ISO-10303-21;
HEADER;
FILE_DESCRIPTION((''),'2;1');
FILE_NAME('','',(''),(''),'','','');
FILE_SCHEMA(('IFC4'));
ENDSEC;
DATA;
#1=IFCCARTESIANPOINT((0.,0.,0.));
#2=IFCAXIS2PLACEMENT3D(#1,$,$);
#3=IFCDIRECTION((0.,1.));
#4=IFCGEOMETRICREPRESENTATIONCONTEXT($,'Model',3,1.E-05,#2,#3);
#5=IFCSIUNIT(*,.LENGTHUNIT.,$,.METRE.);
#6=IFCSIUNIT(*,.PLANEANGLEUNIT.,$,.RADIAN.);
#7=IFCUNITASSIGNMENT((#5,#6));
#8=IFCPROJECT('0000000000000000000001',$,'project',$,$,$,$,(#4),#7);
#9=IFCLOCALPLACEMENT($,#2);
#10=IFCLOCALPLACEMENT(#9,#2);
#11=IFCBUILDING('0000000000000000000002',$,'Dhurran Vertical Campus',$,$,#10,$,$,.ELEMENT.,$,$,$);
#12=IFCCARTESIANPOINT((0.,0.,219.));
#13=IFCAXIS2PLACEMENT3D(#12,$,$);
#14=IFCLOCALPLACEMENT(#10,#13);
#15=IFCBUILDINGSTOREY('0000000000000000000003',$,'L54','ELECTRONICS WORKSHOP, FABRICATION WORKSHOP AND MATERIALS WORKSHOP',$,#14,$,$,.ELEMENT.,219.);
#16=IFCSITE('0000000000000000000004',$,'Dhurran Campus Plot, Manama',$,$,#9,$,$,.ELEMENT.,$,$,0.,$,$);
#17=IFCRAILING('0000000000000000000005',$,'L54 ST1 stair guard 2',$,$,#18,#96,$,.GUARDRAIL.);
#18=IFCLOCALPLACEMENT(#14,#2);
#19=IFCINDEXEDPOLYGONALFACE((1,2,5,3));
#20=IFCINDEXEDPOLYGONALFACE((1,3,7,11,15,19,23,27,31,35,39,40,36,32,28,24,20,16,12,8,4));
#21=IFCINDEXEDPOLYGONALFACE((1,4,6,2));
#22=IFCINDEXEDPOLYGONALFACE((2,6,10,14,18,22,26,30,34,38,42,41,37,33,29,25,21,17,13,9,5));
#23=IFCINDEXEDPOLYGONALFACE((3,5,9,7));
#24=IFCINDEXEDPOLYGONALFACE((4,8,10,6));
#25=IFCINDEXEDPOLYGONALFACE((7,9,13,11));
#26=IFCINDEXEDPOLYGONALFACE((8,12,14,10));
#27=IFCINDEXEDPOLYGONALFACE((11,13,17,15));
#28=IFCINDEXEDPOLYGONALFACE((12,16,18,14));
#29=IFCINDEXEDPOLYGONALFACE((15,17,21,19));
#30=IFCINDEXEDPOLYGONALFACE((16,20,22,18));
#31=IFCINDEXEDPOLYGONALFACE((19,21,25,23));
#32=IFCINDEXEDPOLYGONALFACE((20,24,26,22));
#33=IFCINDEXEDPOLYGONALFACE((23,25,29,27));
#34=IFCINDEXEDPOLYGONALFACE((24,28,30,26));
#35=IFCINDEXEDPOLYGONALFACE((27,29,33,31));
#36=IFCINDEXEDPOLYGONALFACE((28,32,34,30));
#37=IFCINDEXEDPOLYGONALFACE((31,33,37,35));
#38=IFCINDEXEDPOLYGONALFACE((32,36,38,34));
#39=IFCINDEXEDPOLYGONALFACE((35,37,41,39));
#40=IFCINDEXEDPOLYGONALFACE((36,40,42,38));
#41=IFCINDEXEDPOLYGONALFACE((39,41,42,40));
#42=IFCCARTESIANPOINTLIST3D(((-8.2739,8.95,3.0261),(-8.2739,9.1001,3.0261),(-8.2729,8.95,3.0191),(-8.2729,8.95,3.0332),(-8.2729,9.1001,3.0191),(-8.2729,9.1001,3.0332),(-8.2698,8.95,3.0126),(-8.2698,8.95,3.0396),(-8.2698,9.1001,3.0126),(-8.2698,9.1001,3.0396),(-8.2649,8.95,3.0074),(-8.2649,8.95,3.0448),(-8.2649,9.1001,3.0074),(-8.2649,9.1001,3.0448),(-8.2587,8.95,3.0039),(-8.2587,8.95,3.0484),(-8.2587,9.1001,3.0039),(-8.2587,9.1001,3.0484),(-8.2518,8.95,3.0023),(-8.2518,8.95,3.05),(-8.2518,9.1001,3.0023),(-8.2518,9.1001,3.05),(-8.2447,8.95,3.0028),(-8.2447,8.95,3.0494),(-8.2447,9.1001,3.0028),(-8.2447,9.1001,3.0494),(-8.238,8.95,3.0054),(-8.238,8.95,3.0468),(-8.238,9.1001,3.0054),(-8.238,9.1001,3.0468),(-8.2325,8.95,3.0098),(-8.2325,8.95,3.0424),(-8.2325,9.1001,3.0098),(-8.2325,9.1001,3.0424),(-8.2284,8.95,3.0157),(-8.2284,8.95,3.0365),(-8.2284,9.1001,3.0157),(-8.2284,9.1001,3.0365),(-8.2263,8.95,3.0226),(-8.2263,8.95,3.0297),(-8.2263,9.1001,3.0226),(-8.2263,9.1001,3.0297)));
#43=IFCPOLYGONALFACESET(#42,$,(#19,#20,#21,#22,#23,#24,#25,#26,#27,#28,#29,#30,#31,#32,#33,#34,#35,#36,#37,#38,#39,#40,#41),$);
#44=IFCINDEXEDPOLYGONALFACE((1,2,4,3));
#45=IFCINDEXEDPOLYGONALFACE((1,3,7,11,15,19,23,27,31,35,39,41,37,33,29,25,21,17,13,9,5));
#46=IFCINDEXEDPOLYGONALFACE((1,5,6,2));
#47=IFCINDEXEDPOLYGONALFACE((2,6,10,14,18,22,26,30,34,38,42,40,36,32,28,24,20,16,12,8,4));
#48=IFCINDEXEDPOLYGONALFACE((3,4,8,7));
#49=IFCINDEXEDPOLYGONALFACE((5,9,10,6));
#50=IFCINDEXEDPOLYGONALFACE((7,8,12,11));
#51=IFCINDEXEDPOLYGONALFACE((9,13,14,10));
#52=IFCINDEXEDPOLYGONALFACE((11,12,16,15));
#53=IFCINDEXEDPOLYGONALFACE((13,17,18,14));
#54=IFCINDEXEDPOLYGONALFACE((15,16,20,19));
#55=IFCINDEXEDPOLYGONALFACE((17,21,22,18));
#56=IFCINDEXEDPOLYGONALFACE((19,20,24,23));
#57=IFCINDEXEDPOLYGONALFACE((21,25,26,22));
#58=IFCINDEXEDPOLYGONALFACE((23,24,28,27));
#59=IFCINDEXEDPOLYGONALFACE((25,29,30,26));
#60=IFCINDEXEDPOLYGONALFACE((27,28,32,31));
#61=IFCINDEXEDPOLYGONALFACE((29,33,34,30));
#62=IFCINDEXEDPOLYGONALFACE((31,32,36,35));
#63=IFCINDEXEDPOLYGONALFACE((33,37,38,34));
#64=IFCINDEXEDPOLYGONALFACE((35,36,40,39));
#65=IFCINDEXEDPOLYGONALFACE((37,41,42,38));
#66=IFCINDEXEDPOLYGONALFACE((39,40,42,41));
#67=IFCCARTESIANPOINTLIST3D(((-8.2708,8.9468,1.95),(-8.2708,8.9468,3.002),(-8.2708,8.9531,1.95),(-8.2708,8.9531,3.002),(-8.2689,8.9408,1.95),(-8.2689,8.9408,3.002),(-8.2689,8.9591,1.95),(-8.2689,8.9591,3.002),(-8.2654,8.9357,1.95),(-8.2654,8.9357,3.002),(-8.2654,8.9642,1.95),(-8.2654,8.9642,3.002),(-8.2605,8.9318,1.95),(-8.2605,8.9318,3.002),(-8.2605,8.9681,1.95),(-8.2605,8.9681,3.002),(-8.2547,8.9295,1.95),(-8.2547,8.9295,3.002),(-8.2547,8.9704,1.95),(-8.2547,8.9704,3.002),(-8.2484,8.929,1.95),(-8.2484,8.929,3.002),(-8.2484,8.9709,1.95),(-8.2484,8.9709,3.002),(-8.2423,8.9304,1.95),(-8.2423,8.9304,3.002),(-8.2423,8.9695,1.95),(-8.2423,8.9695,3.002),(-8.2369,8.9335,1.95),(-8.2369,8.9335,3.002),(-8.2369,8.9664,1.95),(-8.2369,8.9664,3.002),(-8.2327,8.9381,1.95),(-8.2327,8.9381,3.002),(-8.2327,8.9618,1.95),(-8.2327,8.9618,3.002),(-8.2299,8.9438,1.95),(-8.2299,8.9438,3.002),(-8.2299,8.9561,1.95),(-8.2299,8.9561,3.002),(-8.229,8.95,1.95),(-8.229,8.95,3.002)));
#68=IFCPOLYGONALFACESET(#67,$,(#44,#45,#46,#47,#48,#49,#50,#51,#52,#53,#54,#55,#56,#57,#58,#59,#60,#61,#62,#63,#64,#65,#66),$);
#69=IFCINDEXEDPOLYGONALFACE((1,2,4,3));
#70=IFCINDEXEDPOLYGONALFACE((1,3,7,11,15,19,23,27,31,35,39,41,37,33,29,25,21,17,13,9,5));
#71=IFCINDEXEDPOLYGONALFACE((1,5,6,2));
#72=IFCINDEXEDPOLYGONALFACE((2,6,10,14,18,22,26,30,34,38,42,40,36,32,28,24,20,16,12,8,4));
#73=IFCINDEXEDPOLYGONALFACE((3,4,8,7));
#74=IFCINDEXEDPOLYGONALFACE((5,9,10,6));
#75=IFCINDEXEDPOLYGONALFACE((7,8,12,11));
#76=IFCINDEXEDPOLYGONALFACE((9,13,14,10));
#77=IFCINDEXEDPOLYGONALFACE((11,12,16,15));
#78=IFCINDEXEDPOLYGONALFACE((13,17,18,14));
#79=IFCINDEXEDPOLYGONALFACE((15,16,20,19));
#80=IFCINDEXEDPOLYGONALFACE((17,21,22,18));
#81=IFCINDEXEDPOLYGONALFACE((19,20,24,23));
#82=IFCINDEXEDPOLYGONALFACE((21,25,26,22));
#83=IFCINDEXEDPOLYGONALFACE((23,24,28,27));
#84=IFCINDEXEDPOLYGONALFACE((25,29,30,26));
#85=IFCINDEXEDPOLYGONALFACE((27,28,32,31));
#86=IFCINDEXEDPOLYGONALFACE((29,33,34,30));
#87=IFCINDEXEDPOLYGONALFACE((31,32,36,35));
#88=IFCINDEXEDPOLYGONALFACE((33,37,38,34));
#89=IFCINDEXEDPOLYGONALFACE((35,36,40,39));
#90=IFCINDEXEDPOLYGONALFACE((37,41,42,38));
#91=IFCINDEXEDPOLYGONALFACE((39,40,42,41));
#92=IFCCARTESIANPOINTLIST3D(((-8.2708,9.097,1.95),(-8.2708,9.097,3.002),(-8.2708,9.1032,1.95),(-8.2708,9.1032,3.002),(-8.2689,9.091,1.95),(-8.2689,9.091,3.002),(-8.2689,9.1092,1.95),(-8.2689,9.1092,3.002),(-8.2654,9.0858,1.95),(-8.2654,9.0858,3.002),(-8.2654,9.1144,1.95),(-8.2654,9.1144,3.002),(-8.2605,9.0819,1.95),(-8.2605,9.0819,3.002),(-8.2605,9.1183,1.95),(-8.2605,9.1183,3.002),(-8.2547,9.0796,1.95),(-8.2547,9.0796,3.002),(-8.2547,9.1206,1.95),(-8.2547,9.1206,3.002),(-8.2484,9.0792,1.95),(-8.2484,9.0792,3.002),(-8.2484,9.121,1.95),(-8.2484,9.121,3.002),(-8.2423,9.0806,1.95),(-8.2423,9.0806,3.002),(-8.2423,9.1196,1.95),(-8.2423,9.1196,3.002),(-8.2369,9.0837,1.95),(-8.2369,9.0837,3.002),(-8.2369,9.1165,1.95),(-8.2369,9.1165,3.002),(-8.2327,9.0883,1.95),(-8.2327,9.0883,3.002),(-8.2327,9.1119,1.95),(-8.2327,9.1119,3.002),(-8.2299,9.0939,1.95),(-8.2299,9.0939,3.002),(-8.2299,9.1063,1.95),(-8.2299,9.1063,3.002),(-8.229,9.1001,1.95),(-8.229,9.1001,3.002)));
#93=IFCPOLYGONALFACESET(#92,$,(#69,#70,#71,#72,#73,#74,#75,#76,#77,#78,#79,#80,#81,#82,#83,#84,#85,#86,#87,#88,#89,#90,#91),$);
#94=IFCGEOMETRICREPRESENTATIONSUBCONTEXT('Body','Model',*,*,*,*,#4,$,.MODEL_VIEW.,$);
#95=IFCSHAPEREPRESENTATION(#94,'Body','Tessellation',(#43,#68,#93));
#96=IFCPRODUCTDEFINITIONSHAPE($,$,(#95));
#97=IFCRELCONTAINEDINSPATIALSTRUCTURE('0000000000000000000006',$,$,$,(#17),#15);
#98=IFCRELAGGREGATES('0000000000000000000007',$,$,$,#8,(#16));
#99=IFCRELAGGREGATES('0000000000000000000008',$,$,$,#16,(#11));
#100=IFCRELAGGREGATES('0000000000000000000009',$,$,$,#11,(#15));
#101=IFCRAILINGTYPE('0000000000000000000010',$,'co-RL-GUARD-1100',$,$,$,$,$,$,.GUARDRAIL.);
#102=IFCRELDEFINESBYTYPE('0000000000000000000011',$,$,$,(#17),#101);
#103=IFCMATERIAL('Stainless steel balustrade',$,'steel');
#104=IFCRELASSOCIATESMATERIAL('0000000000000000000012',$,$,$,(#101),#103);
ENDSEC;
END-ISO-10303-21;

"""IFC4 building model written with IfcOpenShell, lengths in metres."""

from ifc_helpers import new_model, si_unit, direction, frame, origin, origin_2d, place, context, subcontext, project, spatial, circle, extrude, material, type_object, element, save


model = new_model("IFC4")

# Units and contexts
model_context = context("Model", 3, precision=1e-05, world=origin(), true_north=direction((0.0, 1.0)))
body_context = subcontext(model_context, "Body", "Model", "MODEL_VIEW")
ifc_project = project(units=[si_unit("LENGTHUNIT", "METRE"), si_unit("PLANEANGLEUNIT", "RADIAN")], contexts=[model_context])

# Site, building, storey
site_placement = place(None, origin())
site = spatial("IfcSite", under=ifc_project, at=site_placement, Name="Dhurran Campus Plot, Manama", CompositionType="ELEMENT", RefElevation=0.0)
building_placement = place(site_placement, origin())
building = spatial("IfcBuilding", under=site, at=building_placement, Name="Dhurran Vertical Campus", CompositionType="ELEMENT")
storey_placement = place(building_placement, frame((0.0, 0.0, 219.0)))
storey = spatial("IfcBuildingStorey", under=building, at=storey_placement, Name="L54", Description="ELECTRONICS WORKSHOP, FABRICATION WORKSHOP AND MATERIALS WORKSHOP", CompositionType="ELEMENT", Elevation=219.0)

# Railing
ifc_material_1 = material(Name="Stainless steel balustrade", Category="steel")
railing_type_1 = type_object("IfcRailingType", Name="co-RL-GUARD-1100", PredefinedType="GUARDRAIL", material=ifc_material_1)
railing_1_placement = place(storey_placement, frame((-8.25, 8.95, 1.95)))
element("IfcRailing", 1, at=railing_1_placement, inside=storey, type_object=railing_type_1, Name="L54 ST1 stair guard 2", PredefinedType="GUARDRAIL", context=body_context, shape_type="SweptSolid", body=[
    extrude(circle(Radius=0.0239, at=origin_2d()), frame((0.0, 0.0, 1.0762), z_axis=(0.0, 1.0, 0.0), x_axis=(-1.0, 0.0, 0.0)), (0.0, 0.0, 1.0), 0.1501),
    extrude(circle(Radius=0.021, at=origin_2d()), origin(), (0.0, 0.0, 1.0), 1.052),
    extrude(circle(Radius=0.021, at=origin_2d()), frame((0.0, 0.1501, 0.0)), (0.0, 0.0, 1.0), 1.052),
])

save(model, "model.ifc")
